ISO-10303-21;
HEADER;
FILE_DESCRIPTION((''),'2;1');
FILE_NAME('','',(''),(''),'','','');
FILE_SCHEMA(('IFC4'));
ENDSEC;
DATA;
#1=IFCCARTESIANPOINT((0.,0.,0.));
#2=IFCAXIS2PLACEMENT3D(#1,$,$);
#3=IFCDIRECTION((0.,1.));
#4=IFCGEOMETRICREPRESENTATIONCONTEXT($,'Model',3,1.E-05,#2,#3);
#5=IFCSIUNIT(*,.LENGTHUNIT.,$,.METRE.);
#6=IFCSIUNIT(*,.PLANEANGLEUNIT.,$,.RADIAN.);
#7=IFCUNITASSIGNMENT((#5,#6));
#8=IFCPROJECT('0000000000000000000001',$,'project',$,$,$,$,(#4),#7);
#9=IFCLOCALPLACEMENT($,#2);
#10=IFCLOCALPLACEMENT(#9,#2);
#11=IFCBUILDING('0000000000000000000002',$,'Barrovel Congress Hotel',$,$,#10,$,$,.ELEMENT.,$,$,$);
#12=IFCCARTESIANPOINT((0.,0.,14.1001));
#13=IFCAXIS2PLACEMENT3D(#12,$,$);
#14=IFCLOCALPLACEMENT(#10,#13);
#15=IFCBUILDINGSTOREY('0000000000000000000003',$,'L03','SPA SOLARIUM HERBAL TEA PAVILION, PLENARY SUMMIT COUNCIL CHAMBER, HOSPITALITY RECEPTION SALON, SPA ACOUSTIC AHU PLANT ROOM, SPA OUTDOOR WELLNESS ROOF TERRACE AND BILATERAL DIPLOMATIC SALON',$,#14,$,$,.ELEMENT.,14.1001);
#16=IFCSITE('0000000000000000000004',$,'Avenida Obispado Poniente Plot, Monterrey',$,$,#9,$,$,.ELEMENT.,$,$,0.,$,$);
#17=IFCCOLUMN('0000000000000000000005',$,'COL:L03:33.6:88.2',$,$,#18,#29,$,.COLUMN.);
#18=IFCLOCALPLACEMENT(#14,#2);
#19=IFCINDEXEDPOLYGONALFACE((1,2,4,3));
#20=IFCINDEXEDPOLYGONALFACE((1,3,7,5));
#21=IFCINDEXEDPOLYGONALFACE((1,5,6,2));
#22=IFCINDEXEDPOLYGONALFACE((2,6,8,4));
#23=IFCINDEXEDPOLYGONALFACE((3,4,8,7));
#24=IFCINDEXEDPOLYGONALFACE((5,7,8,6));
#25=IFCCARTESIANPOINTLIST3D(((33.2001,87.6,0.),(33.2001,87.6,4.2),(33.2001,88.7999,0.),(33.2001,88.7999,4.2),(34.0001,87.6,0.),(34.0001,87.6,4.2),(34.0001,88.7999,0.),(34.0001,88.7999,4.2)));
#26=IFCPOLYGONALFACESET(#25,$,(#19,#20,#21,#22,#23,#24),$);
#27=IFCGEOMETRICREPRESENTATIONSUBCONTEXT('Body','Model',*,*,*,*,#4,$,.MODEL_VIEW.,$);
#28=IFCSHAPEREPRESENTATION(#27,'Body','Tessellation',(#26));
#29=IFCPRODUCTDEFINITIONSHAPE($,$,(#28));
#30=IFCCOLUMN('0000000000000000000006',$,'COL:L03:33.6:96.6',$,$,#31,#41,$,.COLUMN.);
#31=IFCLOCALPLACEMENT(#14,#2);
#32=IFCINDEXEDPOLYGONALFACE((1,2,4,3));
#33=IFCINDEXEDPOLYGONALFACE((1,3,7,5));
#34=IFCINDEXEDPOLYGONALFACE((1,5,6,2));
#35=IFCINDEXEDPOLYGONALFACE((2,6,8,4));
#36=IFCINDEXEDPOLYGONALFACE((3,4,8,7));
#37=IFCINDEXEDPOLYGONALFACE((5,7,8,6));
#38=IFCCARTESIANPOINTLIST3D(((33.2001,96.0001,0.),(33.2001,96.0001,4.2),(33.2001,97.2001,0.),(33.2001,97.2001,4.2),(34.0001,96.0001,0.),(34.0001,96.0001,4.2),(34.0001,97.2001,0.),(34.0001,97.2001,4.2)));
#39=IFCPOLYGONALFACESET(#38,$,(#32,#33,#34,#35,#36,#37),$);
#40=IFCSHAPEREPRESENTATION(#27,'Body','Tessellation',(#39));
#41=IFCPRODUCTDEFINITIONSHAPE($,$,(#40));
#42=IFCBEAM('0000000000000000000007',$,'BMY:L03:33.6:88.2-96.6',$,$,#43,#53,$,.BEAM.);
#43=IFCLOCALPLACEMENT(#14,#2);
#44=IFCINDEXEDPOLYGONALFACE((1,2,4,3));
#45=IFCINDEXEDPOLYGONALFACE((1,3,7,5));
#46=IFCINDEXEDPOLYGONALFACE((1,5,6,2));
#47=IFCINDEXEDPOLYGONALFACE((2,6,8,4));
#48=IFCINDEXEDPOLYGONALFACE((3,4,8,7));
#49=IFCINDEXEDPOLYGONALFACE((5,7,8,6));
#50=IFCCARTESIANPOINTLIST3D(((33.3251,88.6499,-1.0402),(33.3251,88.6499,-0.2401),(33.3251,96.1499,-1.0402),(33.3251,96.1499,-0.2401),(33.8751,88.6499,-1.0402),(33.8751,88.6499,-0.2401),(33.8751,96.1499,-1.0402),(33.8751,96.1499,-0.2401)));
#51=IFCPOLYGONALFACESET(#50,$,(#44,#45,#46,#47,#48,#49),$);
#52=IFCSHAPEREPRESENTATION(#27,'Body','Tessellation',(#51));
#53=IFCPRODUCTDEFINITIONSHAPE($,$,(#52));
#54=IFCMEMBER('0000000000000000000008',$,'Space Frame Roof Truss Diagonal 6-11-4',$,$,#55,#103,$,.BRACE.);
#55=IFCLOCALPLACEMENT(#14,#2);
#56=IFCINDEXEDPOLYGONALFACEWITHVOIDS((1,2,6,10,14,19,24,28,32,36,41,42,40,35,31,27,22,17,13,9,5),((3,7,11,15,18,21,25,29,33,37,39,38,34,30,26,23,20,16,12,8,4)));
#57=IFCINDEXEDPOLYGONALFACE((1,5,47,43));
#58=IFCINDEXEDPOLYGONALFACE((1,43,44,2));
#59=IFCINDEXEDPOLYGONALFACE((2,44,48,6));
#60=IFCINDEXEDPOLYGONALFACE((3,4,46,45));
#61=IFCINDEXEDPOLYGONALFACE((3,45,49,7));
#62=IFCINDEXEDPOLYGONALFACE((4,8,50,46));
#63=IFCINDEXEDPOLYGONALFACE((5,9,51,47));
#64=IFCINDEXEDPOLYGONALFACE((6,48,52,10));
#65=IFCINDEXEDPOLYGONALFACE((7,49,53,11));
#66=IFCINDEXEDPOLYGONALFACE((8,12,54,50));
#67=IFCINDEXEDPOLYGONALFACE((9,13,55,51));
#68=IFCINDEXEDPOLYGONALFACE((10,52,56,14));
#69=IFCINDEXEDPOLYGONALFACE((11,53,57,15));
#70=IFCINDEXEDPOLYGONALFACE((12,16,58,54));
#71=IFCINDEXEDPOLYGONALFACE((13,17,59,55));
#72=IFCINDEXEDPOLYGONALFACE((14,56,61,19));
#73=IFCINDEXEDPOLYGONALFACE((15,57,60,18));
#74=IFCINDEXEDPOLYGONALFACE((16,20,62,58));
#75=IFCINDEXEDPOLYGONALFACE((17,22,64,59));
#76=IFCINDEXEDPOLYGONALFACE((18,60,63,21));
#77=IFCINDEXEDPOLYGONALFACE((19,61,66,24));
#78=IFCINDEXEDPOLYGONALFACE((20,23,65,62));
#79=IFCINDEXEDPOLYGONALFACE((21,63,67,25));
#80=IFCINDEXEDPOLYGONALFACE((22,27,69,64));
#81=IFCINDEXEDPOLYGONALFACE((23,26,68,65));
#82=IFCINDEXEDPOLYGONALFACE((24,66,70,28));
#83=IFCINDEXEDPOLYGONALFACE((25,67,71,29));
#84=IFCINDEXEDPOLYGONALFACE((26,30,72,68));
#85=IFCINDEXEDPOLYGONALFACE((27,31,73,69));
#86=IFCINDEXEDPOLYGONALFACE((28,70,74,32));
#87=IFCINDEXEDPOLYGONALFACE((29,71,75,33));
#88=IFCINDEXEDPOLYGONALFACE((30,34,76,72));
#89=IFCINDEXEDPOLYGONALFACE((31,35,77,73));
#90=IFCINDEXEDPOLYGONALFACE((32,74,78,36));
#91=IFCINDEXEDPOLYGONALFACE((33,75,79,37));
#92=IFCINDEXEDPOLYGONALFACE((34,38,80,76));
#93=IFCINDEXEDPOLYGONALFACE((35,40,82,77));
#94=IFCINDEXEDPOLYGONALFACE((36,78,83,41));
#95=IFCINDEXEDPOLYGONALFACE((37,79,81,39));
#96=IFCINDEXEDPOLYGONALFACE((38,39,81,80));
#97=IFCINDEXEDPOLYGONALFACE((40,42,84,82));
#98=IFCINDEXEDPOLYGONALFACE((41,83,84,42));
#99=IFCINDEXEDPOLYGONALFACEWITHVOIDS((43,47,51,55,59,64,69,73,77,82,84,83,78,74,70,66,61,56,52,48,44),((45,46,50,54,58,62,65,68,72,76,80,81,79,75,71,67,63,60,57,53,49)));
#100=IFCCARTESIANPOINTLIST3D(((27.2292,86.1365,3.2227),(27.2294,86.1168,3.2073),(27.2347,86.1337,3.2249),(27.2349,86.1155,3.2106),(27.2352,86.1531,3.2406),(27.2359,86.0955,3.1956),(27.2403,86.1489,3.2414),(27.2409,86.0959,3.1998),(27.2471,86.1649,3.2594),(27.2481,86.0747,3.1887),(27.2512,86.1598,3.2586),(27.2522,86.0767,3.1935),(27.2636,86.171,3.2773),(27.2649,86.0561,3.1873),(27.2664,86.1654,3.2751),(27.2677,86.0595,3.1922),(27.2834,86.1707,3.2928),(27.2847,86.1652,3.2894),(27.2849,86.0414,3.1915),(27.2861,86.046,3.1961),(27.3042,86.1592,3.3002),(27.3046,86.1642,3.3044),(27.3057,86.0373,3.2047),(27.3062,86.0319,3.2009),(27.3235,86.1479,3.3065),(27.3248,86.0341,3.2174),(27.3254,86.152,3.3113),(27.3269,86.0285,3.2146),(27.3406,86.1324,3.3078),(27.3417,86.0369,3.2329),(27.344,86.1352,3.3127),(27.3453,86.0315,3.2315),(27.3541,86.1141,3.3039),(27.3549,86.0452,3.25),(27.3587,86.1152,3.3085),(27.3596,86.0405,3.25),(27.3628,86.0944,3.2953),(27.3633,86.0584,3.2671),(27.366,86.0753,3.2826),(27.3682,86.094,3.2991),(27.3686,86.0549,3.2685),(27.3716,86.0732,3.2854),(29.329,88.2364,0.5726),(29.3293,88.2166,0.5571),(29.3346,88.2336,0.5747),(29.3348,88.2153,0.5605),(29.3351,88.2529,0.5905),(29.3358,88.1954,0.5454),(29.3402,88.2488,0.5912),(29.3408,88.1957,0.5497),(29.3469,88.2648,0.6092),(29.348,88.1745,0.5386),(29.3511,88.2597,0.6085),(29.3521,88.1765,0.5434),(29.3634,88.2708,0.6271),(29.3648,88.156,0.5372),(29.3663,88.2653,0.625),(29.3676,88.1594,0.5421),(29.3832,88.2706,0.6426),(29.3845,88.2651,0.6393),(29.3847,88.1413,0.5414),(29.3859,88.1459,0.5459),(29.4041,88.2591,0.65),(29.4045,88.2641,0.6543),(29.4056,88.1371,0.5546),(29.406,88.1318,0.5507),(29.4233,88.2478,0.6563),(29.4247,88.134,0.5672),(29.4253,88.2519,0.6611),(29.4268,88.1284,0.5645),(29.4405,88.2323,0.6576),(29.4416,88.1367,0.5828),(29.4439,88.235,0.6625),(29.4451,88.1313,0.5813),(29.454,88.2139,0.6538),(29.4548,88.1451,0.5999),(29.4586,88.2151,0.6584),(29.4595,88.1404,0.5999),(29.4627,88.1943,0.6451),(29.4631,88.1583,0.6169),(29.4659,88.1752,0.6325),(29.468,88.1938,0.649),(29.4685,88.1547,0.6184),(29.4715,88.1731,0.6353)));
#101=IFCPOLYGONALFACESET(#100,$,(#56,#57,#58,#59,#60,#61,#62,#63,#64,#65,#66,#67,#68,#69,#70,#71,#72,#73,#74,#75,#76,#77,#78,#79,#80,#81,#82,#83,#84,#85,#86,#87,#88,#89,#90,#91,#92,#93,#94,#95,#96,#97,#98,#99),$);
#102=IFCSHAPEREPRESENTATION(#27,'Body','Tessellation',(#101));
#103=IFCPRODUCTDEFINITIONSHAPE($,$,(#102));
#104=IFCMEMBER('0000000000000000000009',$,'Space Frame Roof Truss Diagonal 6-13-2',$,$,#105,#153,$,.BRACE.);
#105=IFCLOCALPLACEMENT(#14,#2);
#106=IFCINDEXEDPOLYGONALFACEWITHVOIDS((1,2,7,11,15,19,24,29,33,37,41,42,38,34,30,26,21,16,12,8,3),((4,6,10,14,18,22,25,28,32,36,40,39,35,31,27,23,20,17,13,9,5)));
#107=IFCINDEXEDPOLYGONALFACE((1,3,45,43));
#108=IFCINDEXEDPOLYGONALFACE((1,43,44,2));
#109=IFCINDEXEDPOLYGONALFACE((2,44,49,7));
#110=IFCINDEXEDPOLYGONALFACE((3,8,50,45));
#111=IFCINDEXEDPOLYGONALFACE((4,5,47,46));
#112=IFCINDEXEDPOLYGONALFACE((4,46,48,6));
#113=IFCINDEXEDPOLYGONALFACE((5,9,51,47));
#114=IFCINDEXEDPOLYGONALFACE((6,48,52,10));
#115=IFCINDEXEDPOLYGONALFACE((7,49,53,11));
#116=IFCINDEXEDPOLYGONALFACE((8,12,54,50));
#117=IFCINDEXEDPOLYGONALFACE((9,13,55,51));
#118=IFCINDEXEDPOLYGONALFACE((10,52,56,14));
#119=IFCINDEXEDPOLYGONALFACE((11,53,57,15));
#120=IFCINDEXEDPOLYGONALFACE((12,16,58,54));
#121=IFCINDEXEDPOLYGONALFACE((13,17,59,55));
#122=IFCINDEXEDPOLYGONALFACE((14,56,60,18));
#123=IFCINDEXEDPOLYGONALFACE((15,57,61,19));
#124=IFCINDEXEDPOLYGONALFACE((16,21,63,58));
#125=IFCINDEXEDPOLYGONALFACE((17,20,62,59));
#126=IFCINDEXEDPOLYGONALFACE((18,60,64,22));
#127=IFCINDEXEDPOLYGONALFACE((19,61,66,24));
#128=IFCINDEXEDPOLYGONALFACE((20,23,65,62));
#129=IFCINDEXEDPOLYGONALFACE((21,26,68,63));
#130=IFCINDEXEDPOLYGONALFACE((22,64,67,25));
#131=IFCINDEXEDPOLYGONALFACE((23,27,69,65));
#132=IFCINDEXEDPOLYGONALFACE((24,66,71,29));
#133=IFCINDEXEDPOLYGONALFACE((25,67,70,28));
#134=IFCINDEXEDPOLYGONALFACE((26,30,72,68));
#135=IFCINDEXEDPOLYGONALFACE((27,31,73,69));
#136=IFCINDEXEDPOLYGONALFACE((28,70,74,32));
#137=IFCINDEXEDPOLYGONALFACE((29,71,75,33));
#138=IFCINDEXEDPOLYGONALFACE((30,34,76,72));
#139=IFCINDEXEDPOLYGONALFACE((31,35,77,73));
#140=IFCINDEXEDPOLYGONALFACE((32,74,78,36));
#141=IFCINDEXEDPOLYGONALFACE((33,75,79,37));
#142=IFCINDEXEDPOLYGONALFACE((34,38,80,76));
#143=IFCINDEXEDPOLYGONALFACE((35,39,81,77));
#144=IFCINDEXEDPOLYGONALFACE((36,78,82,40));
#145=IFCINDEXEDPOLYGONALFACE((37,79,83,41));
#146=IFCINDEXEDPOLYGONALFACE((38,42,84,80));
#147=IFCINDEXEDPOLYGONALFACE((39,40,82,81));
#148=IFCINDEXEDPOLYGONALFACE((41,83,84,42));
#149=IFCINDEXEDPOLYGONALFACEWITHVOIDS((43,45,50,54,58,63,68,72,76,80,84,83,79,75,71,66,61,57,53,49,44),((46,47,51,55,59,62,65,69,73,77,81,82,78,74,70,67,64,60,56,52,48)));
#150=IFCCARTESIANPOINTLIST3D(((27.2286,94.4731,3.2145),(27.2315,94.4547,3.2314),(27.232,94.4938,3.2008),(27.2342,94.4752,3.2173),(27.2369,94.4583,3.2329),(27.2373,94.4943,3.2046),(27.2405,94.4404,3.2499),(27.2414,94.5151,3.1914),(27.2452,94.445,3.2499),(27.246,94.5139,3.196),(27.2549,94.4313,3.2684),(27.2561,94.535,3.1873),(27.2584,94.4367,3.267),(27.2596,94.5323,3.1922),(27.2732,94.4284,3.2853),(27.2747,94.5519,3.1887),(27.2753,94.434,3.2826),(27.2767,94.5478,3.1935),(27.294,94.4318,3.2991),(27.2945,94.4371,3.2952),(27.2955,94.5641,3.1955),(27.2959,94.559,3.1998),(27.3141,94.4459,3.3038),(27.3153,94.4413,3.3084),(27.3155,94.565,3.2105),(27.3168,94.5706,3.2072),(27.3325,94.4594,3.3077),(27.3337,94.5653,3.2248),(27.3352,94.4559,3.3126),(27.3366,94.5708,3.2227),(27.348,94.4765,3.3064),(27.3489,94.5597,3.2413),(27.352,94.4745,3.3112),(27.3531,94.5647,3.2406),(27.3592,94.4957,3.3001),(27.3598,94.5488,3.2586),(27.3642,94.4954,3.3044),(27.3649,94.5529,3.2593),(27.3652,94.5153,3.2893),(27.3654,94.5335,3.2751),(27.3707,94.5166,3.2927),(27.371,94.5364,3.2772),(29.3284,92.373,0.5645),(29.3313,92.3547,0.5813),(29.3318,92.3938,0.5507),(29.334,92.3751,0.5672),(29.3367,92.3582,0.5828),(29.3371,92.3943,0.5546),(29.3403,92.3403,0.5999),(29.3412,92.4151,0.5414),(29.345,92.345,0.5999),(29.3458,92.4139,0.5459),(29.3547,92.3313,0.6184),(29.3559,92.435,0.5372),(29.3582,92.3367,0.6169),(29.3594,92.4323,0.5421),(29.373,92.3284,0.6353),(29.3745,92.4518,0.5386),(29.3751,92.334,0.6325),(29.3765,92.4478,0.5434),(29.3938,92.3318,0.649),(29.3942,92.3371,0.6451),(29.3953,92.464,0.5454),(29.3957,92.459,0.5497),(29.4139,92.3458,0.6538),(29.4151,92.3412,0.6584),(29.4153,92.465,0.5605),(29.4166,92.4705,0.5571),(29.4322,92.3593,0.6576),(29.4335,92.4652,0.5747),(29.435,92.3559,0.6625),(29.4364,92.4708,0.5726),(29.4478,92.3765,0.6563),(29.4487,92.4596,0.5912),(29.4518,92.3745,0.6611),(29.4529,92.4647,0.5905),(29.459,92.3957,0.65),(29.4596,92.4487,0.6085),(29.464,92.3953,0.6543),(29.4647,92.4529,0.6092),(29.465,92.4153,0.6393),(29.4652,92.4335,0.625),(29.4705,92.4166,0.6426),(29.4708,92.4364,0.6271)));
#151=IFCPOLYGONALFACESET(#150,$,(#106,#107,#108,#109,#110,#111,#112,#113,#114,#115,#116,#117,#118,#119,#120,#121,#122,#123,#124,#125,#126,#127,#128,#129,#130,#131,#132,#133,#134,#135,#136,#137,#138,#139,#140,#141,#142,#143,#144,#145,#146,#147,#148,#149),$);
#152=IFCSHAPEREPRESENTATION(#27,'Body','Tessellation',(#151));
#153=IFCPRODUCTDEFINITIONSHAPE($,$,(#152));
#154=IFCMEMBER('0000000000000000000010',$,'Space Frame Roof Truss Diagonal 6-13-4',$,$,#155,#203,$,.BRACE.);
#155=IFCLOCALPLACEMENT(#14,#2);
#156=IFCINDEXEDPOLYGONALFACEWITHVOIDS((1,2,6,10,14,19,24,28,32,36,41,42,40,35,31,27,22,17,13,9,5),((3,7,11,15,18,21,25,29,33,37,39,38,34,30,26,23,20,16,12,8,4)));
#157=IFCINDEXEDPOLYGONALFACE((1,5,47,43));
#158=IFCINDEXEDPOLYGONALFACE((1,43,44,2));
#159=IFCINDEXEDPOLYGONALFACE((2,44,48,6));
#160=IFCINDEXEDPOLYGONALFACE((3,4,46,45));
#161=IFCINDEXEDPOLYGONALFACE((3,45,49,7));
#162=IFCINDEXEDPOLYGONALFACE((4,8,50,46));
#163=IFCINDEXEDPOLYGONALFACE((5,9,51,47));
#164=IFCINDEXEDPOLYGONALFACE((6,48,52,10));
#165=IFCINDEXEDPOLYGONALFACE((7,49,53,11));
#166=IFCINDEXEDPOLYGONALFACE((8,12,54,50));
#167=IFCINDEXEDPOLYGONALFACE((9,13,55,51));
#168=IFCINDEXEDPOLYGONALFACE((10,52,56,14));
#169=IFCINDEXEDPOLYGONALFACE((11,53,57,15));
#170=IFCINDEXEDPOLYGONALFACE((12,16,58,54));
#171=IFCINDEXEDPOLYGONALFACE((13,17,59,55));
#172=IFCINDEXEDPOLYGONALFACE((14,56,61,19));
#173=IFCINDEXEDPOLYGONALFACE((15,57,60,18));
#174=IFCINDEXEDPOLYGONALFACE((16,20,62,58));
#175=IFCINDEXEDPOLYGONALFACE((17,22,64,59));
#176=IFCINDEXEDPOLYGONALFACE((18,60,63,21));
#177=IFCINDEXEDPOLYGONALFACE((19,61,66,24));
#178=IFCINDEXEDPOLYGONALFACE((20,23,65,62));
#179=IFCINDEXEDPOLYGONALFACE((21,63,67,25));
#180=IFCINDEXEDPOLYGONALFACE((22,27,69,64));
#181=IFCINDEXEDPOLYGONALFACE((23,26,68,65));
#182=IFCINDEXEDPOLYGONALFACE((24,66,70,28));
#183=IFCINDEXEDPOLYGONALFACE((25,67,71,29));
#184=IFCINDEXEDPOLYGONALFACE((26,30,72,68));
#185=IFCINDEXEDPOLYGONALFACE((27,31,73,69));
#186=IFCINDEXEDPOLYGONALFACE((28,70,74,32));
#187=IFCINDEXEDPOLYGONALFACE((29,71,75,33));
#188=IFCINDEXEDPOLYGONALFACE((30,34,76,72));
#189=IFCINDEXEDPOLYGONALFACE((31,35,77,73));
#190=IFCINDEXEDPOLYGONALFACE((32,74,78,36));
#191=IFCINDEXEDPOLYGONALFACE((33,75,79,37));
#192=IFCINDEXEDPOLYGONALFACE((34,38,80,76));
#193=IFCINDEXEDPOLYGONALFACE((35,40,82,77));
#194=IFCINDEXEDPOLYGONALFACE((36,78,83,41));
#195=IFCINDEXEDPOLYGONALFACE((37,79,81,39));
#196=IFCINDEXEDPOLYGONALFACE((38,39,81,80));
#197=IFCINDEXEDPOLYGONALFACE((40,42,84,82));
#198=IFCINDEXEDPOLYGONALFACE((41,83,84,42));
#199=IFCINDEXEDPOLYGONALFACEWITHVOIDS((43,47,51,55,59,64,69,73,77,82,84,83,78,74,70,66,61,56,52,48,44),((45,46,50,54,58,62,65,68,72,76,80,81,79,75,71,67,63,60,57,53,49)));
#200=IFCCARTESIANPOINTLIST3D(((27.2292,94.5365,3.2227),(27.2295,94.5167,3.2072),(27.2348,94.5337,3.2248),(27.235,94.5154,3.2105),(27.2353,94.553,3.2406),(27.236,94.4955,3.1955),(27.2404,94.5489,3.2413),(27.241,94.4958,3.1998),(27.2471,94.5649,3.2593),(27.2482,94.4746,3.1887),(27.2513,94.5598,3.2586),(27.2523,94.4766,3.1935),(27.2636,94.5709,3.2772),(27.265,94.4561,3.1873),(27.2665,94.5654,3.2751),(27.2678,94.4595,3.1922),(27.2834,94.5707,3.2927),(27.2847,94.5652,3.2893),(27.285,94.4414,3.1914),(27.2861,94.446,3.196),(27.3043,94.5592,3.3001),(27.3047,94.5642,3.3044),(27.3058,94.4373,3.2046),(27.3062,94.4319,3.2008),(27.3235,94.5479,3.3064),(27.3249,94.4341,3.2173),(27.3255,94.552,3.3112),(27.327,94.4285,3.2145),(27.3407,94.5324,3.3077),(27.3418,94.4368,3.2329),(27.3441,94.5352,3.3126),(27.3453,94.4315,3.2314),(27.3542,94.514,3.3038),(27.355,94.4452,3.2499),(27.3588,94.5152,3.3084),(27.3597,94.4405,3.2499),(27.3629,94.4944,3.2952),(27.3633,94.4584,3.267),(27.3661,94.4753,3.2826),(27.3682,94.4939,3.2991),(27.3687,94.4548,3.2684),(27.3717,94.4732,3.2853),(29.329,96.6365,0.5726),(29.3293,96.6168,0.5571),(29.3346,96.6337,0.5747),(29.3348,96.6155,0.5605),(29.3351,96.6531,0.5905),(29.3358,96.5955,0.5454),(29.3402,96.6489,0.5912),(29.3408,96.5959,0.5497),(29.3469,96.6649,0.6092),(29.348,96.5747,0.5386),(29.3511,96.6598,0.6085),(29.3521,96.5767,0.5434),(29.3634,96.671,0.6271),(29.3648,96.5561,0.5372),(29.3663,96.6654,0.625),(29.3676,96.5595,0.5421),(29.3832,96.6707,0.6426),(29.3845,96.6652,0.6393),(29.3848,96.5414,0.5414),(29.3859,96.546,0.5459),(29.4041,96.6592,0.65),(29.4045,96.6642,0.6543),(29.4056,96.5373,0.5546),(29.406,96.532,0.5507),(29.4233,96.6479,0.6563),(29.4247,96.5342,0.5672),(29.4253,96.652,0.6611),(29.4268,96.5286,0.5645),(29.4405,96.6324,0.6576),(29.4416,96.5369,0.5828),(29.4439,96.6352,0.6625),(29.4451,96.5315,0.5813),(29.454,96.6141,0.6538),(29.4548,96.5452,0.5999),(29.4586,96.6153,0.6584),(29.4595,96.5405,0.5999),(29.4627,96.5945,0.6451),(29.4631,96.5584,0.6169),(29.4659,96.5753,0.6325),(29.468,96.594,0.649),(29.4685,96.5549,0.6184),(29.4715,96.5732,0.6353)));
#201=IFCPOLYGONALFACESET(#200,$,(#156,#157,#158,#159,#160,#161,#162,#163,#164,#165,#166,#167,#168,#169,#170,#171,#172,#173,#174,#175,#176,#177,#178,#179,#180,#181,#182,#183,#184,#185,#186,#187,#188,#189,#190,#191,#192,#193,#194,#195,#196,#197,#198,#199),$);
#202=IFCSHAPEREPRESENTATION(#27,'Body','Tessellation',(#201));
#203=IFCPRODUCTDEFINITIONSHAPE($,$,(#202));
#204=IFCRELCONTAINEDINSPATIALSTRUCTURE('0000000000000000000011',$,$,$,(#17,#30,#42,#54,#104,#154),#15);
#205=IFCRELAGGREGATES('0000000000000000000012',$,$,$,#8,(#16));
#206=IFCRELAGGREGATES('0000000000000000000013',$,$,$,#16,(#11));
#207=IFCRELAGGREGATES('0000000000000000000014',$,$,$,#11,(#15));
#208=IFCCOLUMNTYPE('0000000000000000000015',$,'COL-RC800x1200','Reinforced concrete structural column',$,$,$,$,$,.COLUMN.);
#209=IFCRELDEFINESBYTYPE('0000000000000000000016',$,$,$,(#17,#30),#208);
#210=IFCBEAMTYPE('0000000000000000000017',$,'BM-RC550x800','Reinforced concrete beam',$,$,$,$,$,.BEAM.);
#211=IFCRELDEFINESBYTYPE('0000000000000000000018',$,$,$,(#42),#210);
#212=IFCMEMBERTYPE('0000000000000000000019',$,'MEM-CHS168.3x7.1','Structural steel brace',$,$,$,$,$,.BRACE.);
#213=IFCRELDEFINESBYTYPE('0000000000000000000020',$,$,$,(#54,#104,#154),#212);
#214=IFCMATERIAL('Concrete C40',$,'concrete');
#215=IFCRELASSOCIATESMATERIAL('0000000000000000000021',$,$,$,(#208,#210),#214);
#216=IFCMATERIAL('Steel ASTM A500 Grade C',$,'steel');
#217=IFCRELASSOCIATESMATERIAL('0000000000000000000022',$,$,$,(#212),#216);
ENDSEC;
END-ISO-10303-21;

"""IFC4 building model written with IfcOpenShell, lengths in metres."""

from ifc_helpers import new_model, si_unit, direction, frame, origin, origin_2d, place, context, subcontext, project, spatial, rectangle, hollow_circle, extrude, material, material_profile, profile_set, type_object, element, save


model = new_model("IFC4")

# Units and contexts
model_context = context("Model", 3, precision=1e-05, world=origin(), true_north=direction((0.0, 1.0)))
body_context = subcontext(model_context, "Body", "Model", "MODEL_VIEW")
ifc_project = project(units=[si_unit("LENGTHUNIT", "METRE"), si_unit("PLANEANGLEUNIT", "RADIAN")], contexts=[model_context])

# Site, building, storey
site_placement = place(None, origin())
site = spatial("IfcSite", under=ifc_project, at=site_placement, Name="Avenida Obispado Poniente Plot, Monterrey", CompositionType="ELEMENT", RefElevation=0.0)
building_placement = place(site_placement, origin())
building = spatial("IfcBuilding", under=site, at=building_placement, Name="Barrovel Congress Hotel", CompositionType="ELEMENT")
storey_placement = place(building_placement, frame((0.0, 0.0, 14.1001)))
storey = spatial("IfcBuildingStorey", under=building, at=storey_placement, Name="L03", Description="SPA SOLARIUM HERBAL TEA PAVILION, PLENARY SUMMIT COUNCIL CHAMBER, HOSPITALITY RECEPTION SALON, SPA ACOUSTIC AHU PLANT ROOM, SPA OUTDOOR WELLNESS ROOF TERRACE AND BILATERAL DIPLOMATIC SALON", CompositionType="ELEMENT", Elevation=14.1001)

# Columns
ifc_material_1 = material(Name="Concrete C40", Category="concrete")
ifc_material_profile_1 = material_profile(ifc_material_1, rectangle(XDim=0.8, YDim=1.2, at=origin_2d()), Name="RC800x1200")
ifc_profile_set_1 = profile_set([ifc_material_profile_1], Name="Concrete C40")
column_type = type_object("IfcColumnType", Name="COL-RC800x1200", Description="Reinforced concrete structural column", PredefinedType="COLUMN", material=ifc_profile_set_1)
for number, where, z_axis, x_axis, name in (
    (1, (33.6001, 88.2, 0.0), (0.0, 0.0, 1.0), (1.0, 0.0, 0.0), "COL:L03:33.6:88.2"),
    (2, (33.6001, 96.6001, 0.0), (0.0, 0.0, 1.0), (1.0, 0.0, 0.0), "COL:L03:33.6:96.6"),
):
    element("IfcColumn", number, at=place(storey_placement, frame(where, z_axis=z_axis, x_axis=x_axis)), inside=storey, type_object=column_type, Name=name, PredefinedType="COLUMN", context=body_context, shape_type="SweptSolid", body=[
        extrude(rectangle(XDim=0.8, YDim=1.2, at=origin_2d()), origin(), (0.0, 0.0, 1.0), 4.2),
    ])

# Beam
ifc_material_profile_2 = material_profile(ifc_material_1, rectangle(XDim=0.55, YDim=0.8, at=origin_2d()), Name="RC550x800")
ifc_profile_set_2 = profile_set([ifc_material_profile_2], Name="Concrete C40")
beam_type_1 = type_object("IfcBeamType", Name="BM-RC550x800", Description="Reinforced concrete beam", PredefinedType="BEAM", material=ifc_profile_set_2)
beam_1_placement = place(storey_placement, frame((33.6001, 88.6499, -0.6401), z_axis=(0.0, 1.0, 0.0), x_axis=(-1.0, 0.0, 0.0)))
element("IfcBeam", 3, at=beam_1_placement, inside=storey, type_object=beam_type_1, Name="BMY:L03:33.6:88.2-96.6", PredefinedType="BEAM", context=body_context, shape_type="SweptSolid", body=[
    extrude(rectangle(XDim=0.55, YDim=0.8, at=origin_2d()), origin(), (0.0, 0.0, 1.0), 7.5),
])

# Members
ifc_material_2 = material(Name="Steel ASTM A500 Grade C", Category="steel")
ifc_material_profile_3 = material_profile(ifc_material_2, hollow_circle(Radius=0.0842, WallThickness=0.0066, at=origin_2d()), Name="CHS168.3x7.1")
ifc_profile_set_3 = profile_set([ifc_material_profile_3], Name="Steel ASTM A500 Grade C")
member_type_1 = type_object("IfcMemberType", Name="MEM-CHS168.3x7.1", Description="Structural steel brace", PredefinedType="BRACE", material=ifc_profile_set_3)
for number, where, z_axis, x_axis, name in (
    (4, (29.3999, 88.2, 0.5999), (-0.527574, -0.527574, 0.665831), (0.707107, -0.707107, 0.0), "Space Frame Roof Truss Diagonal 6-11-4"),
    (5, (29.3999, 92.3999, 0.5999), (-0.527557, 0.527618, 0.66581), (-0.707148, -0.707066, 0.0), "Space Frame Roof Truss Diagonal 6-13-2"),
    (6, (29.3999, 96.6001, 0.5999), (-0.527557, -0.527618, 0.66581), (0.707148, -0.707066, 0.0), "Space Frame Roof Truss Diagonal 6-13-4"),
):
    element("IfcMember", number, at=place(storey_placement, frame(where, z_axis=z_axis, x_axis=x_axis)), inside=storey, type_object=member_type_1, Name=name, PredefinedType="BRACE", context=body_context, shape_type="SweptSolid", body=[
        extrude(hollow_circle(Radius=0.0842, WallThickness=0.0066, at=origin_2d()), origin(), (0.0, 0.0, 1.0), 3.9802),
    ])

save(model, "model.ifc")
